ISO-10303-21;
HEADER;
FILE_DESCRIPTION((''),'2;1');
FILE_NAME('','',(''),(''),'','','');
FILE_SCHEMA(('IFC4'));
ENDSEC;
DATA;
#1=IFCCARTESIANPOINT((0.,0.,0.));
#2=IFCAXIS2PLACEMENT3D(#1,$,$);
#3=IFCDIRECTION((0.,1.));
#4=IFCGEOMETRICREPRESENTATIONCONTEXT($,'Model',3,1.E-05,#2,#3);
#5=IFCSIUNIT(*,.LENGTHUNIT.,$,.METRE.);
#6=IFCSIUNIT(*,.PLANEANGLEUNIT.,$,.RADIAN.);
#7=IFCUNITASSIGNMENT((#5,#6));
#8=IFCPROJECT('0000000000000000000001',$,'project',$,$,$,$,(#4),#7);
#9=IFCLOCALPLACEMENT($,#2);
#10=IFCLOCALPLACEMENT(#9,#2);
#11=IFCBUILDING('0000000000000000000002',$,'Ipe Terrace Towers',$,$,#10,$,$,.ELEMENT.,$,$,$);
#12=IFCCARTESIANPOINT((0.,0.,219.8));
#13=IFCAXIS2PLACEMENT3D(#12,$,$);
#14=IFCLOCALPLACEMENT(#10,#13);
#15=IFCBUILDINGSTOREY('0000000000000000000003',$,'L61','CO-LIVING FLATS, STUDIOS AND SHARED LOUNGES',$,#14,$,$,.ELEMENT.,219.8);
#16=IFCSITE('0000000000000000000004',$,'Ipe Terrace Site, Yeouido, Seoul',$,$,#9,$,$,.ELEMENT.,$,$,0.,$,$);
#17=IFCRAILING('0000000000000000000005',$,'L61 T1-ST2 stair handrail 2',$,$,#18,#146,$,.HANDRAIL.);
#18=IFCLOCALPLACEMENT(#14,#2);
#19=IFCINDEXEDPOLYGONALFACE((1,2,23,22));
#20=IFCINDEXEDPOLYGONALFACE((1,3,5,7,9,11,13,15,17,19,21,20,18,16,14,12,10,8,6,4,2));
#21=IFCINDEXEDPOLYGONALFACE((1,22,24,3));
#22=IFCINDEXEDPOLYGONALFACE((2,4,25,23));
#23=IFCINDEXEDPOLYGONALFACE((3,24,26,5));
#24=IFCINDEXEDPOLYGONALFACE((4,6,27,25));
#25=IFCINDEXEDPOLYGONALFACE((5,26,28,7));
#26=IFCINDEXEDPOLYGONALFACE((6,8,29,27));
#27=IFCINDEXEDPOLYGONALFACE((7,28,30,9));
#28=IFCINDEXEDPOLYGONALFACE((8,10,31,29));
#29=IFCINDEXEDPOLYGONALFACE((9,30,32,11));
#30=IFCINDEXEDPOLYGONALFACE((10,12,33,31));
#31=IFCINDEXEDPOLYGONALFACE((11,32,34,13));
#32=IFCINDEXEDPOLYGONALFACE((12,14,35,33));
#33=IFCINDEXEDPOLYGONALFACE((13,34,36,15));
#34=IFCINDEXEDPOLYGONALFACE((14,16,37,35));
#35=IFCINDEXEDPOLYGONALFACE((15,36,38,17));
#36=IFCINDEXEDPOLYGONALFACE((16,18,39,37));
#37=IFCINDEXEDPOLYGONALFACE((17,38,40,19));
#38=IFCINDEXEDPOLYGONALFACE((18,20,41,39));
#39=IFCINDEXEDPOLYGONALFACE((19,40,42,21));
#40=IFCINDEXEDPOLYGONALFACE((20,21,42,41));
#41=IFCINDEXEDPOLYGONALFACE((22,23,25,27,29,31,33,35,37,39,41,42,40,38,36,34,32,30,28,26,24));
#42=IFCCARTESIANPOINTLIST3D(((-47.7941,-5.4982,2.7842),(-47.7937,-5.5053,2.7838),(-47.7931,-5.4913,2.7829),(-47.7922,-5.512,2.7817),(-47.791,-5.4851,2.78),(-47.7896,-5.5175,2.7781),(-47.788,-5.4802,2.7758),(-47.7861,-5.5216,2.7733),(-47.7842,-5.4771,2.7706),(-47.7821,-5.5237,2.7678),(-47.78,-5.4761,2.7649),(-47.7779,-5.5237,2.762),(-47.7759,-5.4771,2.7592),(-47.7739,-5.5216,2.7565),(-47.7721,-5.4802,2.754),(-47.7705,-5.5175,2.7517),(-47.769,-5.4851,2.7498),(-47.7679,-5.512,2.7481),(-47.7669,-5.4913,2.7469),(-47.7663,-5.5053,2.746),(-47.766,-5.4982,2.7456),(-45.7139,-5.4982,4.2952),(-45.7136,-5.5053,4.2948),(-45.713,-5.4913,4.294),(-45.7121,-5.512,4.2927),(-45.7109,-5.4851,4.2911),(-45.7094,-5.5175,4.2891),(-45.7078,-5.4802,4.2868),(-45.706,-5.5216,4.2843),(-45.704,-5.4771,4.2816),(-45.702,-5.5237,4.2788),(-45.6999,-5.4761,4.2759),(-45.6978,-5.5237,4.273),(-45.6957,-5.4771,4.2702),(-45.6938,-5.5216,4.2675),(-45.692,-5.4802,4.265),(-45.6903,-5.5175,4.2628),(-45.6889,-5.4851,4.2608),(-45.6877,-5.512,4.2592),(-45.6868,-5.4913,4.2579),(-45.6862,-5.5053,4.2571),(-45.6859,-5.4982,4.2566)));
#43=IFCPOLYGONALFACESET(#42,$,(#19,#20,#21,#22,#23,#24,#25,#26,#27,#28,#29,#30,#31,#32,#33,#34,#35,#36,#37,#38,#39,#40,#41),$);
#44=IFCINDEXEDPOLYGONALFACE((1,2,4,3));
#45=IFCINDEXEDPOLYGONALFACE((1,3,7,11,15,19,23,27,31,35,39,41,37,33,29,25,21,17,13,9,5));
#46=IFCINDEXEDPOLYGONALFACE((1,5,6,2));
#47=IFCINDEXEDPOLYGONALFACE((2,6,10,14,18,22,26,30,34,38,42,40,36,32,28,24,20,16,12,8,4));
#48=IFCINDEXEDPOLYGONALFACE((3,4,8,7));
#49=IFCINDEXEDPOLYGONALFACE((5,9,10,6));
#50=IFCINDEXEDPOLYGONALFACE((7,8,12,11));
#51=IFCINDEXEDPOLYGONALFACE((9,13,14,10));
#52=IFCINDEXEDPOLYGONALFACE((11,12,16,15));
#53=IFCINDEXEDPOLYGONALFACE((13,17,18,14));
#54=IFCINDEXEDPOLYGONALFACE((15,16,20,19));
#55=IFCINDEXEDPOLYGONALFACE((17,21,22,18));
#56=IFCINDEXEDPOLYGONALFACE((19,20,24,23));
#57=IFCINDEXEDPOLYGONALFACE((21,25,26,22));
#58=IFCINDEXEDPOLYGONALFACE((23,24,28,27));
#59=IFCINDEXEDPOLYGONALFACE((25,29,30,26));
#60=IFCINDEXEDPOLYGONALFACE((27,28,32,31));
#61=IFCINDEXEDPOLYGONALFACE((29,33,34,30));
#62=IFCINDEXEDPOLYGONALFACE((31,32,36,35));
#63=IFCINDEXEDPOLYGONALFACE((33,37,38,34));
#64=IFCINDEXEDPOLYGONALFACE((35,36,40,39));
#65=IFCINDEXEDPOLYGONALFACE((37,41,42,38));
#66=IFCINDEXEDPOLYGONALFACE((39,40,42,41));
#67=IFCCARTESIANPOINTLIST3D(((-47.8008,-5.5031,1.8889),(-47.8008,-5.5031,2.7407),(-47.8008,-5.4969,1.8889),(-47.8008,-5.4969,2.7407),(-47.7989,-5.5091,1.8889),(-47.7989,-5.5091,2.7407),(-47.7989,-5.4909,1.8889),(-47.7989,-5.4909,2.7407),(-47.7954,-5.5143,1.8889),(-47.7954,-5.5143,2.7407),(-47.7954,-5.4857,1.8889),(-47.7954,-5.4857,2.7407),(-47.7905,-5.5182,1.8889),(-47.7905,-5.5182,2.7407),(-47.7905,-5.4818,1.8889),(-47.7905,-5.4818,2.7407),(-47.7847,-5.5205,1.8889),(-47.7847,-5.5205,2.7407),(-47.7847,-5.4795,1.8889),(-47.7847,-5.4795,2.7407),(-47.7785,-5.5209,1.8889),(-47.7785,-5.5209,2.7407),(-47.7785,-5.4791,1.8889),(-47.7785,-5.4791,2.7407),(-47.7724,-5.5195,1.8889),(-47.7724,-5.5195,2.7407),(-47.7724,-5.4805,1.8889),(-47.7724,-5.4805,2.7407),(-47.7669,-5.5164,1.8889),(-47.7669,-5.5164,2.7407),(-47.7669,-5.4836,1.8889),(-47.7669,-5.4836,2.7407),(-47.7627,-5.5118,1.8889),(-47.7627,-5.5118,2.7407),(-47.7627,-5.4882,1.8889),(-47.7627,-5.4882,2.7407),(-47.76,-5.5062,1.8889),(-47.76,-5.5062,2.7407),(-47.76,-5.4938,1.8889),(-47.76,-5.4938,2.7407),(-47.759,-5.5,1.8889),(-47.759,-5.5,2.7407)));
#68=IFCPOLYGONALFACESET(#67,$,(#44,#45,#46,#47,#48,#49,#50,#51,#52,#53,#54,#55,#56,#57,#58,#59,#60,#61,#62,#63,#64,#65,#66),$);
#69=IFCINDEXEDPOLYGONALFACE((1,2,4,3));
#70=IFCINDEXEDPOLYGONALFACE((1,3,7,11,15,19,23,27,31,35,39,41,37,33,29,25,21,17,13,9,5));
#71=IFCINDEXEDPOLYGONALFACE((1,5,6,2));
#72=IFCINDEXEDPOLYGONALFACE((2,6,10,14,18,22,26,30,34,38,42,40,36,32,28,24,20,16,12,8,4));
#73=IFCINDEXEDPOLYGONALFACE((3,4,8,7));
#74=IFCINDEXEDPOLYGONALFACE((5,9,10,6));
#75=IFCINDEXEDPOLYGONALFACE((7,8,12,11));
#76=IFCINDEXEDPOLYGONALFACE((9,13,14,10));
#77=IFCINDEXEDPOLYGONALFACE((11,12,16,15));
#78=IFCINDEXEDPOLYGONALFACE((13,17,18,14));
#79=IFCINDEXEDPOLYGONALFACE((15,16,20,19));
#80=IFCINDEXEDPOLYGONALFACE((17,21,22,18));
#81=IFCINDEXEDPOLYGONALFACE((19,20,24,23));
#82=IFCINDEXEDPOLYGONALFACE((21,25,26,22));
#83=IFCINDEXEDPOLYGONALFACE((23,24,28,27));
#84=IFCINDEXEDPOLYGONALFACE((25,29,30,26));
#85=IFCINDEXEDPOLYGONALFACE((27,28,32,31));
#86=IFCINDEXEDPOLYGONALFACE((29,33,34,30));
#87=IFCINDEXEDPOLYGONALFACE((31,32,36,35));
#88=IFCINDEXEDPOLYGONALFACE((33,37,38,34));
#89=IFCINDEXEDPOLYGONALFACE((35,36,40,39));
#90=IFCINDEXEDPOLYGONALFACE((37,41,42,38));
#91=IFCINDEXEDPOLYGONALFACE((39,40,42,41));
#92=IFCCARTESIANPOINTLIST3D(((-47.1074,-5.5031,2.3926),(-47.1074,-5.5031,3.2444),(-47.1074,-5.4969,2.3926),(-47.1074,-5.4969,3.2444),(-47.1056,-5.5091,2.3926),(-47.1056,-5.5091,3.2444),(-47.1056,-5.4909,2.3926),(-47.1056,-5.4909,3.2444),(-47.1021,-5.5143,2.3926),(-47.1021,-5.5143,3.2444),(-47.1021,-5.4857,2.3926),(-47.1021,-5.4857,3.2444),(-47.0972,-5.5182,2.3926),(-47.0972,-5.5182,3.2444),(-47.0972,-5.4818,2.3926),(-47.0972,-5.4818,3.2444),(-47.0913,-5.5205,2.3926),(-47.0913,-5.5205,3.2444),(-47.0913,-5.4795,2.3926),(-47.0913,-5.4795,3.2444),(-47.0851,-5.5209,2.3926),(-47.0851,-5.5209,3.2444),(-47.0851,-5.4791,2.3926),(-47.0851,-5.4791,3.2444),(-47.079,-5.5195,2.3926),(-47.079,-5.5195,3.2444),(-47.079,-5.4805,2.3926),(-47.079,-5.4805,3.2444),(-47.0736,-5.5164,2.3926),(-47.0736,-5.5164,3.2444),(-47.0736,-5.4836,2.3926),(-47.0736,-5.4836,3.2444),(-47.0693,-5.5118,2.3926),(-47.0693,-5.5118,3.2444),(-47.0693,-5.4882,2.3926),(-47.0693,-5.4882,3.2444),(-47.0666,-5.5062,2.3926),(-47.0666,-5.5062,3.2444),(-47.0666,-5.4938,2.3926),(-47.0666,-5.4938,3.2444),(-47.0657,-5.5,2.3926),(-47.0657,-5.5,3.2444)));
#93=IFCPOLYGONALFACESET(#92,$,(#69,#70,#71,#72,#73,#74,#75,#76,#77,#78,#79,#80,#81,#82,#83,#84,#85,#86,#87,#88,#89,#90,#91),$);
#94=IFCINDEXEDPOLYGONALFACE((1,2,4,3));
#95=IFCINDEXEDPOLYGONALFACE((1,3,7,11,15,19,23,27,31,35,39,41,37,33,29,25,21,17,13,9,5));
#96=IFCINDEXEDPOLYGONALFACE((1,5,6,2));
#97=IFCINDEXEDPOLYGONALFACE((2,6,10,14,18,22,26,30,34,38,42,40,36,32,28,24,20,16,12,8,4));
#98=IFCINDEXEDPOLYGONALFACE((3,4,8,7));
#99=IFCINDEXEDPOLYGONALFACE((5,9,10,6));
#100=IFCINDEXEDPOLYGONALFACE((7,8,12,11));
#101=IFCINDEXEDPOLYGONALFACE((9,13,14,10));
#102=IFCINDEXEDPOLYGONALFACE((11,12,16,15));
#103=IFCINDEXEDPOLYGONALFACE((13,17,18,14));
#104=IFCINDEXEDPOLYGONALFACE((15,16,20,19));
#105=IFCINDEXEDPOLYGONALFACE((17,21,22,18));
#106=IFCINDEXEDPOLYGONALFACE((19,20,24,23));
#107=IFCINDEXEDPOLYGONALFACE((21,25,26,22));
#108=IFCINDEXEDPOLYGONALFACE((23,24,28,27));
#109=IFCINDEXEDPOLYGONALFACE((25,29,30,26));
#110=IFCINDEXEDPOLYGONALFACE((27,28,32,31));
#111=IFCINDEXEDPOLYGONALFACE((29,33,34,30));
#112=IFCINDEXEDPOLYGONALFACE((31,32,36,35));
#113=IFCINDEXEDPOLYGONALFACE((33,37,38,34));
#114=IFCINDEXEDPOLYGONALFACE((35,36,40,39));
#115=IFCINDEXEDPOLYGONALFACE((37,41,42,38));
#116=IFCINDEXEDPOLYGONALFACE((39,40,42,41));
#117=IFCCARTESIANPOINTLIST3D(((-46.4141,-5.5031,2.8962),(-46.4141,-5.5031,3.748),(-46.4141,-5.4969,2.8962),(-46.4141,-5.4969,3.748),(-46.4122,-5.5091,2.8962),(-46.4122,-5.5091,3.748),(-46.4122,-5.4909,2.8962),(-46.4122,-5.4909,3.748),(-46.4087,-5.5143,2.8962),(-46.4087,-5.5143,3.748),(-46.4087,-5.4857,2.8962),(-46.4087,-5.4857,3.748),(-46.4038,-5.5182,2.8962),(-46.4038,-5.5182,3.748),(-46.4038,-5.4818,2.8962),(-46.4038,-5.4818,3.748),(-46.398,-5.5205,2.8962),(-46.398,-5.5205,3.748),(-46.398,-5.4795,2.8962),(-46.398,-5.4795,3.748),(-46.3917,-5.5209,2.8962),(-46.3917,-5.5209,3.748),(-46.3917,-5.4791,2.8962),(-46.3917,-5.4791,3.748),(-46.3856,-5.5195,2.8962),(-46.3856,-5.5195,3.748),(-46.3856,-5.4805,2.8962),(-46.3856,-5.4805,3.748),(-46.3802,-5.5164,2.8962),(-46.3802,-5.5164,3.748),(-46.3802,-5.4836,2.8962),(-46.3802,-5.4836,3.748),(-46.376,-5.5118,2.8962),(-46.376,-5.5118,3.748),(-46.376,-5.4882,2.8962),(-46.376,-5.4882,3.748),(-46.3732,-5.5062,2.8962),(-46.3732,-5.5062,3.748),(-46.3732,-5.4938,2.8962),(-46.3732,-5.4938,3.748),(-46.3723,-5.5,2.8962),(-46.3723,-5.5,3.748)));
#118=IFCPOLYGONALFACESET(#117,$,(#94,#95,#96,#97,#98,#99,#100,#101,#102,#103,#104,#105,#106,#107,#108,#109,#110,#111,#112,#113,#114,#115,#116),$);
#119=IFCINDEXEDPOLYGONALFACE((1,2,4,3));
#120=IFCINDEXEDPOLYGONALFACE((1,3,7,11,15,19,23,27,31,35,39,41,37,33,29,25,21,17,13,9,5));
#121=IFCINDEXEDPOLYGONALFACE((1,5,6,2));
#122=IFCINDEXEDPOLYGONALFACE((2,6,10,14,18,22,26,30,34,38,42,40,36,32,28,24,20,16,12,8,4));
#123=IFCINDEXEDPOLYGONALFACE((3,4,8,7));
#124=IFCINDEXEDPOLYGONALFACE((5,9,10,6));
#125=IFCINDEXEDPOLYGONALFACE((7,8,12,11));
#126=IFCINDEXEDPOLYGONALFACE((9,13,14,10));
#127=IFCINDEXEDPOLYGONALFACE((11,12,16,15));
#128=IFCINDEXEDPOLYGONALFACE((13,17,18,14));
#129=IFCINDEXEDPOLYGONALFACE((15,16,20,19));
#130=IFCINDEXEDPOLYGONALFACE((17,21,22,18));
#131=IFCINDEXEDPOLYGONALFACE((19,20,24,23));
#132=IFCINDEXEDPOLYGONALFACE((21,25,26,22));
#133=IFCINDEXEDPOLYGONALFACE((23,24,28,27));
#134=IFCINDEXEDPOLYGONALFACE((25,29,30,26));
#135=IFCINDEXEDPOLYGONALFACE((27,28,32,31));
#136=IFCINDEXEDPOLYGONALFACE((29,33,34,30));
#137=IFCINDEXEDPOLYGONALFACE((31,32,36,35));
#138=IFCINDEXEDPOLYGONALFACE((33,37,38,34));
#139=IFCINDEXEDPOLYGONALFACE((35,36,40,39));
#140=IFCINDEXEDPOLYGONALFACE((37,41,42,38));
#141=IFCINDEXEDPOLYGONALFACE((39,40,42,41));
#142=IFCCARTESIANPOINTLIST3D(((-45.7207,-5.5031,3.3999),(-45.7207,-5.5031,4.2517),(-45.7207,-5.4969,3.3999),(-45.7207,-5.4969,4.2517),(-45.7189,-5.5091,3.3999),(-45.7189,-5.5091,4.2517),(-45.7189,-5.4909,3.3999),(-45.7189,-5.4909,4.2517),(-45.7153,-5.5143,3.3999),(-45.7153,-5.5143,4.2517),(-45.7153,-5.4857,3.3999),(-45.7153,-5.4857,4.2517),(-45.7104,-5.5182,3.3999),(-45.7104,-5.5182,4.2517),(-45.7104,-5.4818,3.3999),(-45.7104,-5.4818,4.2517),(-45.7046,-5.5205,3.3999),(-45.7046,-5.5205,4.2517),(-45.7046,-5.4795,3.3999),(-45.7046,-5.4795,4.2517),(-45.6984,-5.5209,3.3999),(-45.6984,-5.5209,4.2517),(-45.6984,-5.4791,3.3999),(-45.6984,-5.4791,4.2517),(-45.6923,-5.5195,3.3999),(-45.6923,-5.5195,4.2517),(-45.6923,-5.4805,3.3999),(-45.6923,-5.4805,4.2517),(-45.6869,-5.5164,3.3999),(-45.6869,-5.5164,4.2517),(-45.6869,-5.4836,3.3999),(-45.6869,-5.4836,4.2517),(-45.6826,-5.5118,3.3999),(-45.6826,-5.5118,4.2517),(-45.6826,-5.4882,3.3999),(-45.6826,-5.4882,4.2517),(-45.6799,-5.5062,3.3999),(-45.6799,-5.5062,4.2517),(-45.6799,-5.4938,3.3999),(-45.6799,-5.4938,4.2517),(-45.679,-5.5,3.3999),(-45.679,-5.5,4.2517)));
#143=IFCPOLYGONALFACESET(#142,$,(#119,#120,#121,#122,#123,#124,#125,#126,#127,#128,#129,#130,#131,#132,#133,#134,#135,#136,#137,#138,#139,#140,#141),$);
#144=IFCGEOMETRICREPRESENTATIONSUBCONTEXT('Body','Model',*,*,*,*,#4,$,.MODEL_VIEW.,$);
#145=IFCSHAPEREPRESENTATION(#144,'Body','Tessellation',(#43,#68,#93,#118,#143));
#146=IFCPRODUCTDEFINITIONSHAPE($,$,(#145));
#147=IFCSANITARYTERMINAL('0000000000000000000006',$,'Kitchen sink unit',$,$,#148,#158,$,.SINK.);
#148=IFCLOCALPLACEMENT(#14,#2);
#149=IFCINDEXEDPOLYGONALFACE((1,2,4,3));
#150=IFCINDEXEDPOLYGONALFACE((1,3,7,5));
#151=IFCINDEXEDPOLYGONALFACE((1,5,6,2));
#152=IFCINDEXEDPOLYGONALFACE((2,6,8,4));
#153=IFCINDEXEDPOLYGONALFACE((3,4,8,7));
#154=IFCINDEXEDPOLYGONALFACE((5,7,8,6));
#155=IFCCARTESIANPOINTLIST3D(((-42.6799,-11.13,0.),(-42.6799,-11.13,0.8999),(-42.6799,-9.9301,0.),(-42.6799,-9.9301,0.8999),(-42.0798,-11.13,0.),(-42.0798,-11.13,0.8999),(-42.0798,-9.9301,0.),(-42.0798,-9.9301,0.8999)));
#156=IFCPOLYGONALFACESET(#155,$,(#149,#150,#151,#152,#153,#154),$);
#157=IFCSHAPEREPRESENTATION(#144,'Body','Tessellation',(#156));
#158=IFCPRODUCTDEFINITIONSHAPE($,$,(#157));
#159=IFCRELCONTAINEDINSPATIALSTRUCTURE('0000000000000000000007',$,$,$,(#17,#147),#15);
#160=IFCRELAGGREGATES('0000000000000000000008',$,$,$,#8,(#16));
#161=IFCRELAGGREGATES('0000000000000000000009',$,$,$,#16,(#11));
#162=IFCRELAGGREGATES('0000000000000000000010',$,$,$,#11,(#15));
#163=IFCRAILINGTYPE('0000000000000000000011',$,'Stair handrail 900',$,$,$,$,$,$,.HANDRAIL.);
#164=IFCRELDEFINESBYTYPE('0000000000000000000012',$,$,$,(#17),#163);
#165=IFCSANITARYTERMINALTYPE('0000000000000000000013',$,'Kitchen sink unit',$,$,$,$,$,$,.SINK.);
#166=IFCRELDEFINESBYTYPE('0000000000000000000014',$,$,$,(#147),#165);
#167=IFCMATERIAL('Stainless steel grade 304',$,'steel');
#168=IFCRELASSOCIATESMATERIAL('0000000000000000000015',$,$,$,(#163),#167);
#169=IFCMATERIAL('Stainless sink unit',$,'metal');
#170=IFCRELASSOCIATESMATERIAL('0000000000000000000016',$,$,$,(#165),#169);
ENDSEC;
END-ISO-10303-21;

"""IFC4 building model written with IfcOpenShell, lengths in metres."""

from ifc_helpers import new_model, si_unit, direction, frame, origin, origin_2d, place, context, subcontext, project, spatial, rectangle, circle, extrude, material, type_object, element, save


model = new_model("IFC4")

# Units and contexts
model_context = context("Model", 3, precision=1e-05, world=origin(), true_north=direction((0.0, 1.0)))
body_context = subcontext(model_context, "Body", "Model", "MODEL_VIEW")
ifc_project = project(units=[si_unit("LENGTHUNIT", "METRE"), si_unit("PLANEANGLEUNIT", "RADIAN")], contexts=[model_context])

# Site, building, storey
site_placement = place(None, origin())
site = spatial("IfcSite", under=ifc_project, at=site_placement, Name="Ipe Terrace Site, Yeouido, Seoul", CompositionType="ELEMENT", RefElevation=0.0)
building_placement = place(site_placement, origin())
building = spatial("IfcBuilding", under=site, at=building_placement, Name="Ipe Terrace Towers", CompositionType="ELEMENT")
storey_placement = place(building_placement, frame((0.0, 0.0, 219.8)))
storey = spatial("IfcBuildingStorey", under=building, at=storey_placement, Name="L61", Description="CO-LIVING FLATS, STUDIOS AND SHARED LOUNGES", CompositionType="ELEMENT", Elevation=219.8)

# Railing
ifc_material_1 = material(Name="Stainless steel grade 304", Category="steel")
railing_type_1 = type_object("IfcRailingType", Name="Stair handrail 900", PredefinedType="HANDRAIL", material=ifc_material_1)
railing_1_placement = place(storey_placement, frame((-47.78, -5.5, 1.8889)))
element("IfcRailing", 1, at=railing_1_placement, inside=storey, type_object=railing_type_1, Name="L61 T1-ST2 stair handrail 2", PredefinedType="HANDRAIL", context=body_context, shape_type="SweptSolid", body=[
    extrude(circle(Radius=0.0239, at=origin_2d()), frame((0.0, 0.0, 0.876), z_axis=(0.809069, 0.0, 0.587714), x_axis=(0.0, 1.0, 0.0)), (0.0, 0.0, 1.0), 2.571),
    extrude(circle(Radius=0.021, at=origin_2d()), origin(), (0.0, 0.0, 1.0), 0.8518),
    extrude(circle(Radius=0.021, at=origin_2d()), frame((0.6934, 0.0, 0.5037)), (0.0, 0.0, 1.0), 0.8518),
    extrude(circle(Radius=0.021, at=origin_2d()), frame((1.3867, 0.0, 1.0073)), (0.0, 0.0, 1.0), 0.8518),
    extrude(circle(Radius=0.021, at=origin_2d()), frame((2.0801, 0.0, 1.511)), (0.0, 0.0, 1.0), 0.8518),
])

# Sanitary terminal
ifc_material_2 = material(Name="Stainless sink unit", Category="metal")
sanitary_terminal_type = type_object("IfcSanitaryTerminalType", Name="Kitchen sink unit", PredefinedType="SINK", material=ifc_material_2)
sanitary_terminal_placement = place(storey_placement, frame((-42.3799, -10.53, 0.0), z_axis=(0.0, 0.0, 1.0), x_axis=(0.0, 1.0, 0.0)))
element("IfcSanitaryTerminal", 2, at=sanitary_terminal_placement, inside=storey, type_object=sanitary_terminal_type, Name="Kitchen sink unit", PredefinedType="SINK", context=body_context, shape_type="SweptSolid", body=[
    extrude(rectangle(XDim=1.2, YDim=0.6001, at=origin_2d()), origin(), (0.0, 0.0, 1.0), 0.8999),
])

save(model, "model.ifc")
